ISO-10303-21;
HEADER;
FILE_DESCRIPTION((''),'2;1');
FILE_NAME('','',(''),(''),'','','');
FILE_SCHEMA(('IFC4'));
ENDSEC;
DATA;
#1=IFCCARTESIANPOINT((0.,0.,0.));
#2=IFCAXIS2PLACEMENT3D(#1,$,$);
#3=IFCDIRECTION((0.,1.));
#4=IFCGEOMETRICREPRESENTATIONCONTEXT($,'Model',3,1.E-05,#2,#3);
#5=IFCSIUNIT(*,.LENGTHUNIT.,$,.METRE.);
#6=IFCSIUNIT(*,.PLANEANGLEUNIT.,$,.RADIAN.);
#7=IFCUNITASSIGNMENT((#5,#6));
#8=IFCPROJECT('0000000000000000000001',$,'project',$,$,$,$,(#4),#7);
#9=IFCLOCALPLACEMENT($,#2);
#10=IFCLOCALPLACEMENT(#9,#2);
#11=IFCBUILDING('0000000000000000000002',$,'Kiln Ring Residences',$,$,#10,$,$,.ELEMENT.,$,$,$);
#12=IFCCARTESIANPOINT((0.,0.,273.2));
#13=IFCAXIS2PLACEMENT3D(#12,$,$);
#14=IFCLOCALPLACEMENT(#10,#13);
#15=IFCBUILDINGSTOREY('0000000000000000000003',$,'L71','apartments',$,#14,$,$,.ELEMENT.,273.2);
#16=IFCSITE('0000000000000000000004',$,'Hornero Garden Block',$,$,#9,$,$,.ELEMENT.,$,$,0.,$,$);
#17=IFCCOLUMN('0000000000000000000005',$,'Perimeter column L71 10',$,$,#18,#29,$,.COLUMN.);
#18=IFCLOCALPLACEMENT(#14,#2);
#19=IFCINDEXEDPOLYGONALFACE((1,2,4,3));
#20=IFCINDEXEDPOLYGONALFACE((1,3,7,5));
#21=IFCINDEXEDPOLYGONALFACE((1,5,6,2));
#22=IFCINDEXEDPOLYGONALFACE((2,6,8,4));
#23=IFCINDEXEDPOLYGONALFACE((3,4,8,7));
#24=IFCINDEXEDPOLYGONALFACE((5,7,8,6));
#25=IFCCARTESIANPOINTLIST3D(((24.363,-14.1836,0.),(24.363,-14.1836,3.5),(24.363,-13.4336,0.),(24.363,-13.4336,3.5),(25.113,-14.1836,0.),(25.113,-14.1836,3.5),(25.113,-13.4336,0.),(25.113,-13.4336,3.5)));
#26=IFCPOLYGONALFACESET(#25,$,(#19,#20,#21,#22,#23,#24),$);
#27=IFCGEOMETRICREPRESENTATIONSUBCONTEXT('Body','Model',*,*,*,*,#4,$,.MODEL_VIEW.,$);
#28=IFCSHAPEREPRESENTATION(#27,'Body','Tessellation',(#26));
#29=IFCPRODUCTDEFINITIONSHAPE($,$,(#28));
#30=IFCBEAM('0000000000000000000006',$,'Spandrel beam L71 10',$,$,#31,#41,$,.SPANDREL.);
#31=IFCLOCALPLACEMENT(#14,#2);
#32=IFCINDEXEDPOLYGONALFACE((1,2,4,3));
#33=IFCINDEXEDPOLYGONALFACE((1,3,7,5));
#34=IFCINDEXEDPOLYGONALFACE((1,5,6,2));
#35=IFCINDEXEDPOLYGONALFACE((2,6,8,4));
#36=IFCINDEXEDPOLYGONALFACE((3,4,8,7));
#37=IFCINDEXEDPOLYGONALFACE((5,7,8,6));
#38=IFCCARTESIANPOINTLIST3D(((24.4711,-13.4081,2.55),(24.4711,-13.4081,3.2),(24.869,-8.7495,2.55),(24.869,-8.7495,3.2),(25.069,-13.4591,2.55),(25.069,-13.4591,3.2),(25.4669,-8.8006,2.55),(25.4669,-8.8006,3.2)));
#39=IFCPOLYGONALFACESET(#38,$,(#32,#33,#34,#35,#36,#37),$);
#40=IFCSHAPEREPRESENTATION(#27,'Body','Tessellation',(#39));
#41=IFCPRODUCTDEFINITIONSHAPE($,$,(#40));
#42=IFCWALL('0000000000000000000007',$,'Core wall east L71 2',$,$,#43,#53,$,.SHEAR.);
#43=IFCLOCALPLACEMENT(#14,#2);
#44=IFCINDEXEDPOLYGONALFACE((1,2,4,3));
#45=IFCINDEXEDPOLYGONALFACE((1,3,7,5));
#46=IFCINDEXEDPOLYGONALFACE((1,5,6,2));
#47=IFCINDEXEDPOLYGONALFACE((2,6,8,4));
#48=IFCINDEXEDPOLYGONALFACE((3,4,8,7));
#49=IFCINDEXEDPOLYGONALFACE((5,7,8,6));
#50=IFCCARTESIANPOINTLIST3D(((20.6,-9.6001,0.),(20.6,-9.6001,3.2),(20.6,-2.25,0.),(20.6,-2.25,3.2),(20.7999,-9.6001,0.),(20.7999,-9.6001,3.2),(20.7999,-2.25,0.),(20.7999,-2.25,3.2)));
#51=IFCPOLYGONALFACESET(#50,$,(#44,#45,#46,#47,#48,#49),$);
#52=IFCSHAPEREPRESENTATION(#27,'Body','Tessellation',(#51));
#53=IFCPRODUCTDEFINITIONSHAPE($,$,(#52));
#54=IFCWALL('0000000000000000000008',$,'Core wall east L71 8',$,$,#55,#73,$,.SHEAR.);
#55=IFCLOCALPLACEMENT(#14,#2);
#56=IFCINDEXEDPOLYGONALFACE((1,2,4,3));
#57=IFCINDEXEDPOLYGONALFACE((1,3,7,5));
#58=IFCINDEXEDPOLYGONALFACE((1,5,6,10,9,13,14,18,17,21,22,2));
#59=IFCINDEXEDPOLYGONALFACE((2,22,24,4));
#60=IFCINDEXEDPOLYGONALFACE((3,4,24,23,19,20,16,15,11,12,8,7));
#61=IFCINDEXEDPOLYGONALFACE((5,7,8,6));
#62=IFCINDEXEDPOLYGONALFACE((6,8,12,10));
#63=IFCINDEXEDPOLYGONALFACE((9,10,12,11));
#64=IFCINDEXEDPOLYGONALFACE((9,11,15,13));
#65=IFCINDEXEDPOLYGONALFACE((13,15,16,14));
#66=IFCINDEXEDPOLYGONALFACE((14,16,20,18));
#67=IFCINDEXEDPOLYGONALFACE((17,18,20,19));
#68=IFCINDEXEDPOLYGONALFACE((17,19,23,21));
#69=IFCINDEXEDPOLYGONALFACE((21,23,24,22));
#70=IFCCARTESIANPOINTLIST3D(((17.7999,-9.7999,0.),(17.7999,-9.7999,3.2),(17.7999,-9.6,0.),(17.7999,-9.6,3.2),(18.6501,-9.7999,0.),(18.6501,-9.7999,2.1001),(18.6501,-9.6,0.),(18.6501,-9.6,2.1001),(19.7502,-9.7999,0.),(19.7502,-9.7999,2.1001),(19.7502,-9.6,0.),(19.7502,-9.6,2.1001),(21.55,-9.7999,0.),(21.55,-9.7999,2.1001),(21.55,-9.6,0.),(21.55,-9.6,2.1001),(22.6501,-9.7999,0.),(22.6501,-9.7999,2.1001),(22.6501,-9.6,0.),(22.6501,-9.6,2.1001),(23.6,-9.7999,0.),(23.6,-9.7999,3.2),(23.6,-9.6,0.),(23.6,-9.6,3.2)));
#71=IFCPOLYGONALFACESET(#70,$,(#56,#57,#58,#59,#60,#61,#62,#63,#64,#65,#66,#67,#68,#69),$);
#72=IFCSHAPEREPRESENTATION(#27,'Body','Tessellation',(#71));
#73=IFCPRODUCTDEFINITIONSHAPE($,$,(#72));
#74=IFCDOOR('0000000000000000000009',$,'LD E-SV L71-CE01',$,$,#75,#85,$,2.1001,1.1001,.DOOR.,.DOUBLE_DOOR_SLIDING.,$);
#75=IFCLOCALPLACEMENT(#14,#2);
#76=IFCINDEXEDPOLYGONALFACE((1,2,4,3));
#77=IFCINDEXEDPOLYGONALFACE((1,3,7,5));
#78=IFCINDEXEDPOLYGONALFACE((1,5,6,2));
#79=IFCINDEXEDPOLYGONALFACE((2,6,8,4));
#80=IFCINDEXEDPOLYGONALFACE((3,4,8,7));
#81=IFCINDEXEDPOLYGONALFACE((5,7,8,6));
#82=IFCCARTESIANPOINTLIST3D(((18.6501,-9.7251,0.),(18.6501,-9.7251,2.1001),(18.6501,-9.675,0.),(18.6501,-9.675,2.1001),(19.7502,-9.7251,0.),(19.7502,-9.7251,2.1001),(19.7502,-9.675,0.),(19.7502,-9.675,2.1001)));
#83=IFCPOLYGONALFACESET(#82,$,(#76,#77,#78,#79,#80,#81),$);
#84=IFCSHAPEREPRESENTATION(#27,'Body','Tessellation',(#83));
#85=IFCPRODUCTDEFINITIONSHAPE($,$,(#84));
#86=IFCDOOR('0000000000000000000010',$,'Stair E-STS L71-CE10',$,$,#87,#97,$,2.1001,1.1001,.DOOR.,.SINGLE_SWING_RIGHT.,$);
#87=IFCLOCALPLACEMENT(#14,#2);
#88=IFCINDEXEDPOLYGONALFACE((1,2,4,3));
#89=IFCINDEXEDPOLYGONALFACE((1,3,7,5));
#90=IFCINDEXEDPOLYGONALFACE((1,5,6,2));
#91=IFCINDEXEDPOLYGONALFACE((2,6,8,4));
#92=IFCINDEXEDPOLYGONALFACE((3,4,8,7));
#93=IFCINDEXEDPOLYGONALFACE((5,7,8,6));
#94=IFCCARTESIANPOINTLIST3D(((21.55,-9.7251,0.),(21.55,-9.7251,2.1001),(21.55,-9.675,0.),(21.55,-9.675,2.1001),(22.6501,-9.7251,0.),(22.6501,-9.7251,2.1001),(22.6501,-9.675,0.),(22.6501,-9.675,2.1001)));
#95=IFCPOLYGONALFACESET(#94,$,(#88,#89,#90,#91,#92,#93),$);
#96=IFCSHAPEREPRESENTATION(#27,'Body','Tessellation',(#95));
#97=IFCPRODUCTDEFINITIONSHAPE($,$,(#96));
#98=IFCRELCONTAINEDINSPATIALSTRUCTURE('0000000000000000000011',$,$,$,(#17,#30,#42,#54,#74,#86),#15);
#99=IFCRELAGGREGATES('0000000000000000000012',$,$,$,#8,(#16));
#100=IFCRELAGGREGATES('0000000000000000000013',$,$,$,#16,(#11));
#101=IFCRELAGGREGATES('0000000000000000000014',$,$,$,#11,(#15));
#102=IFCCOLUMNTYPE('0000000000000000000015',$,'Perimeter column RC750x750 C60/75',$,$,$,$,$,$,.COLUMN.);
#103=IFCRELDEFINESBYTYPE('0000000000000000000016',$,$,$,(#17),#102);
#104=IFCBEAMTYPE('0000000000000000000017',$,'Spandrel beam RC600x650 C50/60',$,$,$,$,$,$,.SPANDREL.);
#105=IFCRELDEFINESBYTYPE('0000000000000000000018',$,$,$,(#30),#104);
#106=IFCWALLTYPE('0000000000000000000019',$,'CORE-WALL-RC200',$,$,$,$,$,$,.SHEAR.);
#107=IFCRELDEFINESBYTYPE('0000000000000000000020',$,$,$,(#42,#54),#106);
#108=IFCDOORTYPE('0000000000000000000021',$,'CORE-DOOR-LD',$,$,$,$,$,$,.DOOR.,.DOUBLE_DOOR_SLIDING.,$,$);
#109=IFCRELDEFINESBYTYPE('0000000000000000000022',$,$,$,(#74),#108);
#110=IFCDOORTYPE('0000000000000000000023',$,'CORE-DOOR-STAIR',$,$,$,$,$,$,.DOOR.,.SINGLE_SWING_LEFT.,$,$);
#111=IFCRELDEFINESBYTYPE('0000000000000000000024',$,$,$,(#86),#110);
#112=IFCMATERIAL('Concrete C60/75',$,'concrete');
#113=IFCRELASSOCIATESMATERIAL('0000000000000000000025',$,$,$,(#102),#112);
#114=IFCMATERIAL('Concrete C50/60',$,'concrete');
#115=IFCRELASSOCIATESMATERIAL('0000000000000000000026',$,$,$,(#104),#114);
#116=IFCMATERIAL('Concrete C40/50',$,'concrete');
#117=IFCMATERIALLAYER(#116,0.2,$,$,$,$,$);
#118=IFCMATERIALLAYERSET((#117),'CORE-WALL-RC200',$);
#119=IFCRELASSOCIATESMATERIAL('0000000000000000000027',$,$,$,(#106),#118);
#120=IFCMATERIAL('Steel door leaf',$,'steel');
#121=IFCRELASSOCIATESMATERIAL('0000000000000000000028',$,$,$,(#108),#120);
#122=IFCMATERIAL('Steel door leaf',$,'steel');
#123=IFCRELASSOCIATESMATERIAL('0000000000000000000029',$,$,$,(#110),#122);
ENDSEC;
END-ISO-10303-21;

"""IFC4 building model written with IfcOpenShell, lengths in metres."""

from ifc_helpers import new_model, si_unit, direction, frame, frame_2d, origin, origin_2d, place, context, subcontext, project, spatial, rectangle, extrude, material, layer, layer_set, material_profile, profile_set, type_object, element, fill, save


model = new_model("IFC4")

# Units and contexts
model_context = context("Model", 3, precision=1e-05, world=origin(), true_north=direction((0.0, 1.0)))
body_context = subcontext(model_context, "Body", "Model", "MODEL_VIEW")
ifc_project = project(units=[si_unit("LENGTHUNIT", "METRE"), si_unit("PLANEANGLEUNIT", "RADIAN")], contexts=[model_context])

# Site, building, storey
site_placement = place(None, origin())
site = spatial("IfcSite", under=ifc_project, at=site_placement, Name="Hornero Garden Block", CompositionType="ELEMENT", RefElevation=0.0)
building_placement = place(site_placement, origin())
building = spatial("IfcBuilding", under=site, at=building_placement, Name="Kiln Ring Residences", CompositionType="ELEMENT")
storey_placement = place(building_placement, frame((0.0, 0.0, 273.2)))
storey = spatial("IfcBuildingStorey", under=building, at=storey_placement, Name="L71", Description="apartments", CompositionType="ELEMENT", Elevation=273.2)

# Column
ifc_material_1 = material(Name="Concrete C60/75", Category="concrete")
ifc_material_profile_1 = material_profile(ifc_material_1, rectangle(XDim=0.75, YDim=0.75, at=origin_2d()), Name="RC750x750")
ifc_profile_set_1 = profile_set([ifc_material_profile_1], Name="Concrete C60/75")
column_type = type_object("IfcColumnType", Name="Perimeter column RC750x750 C60/75", PredefinedType="COLUMN", material=ifc_profile_set_1)
column_placement = place(storey_placement, frame((24.738, -13.8086, 0.0), z_axis=(0.0, 0.0, 1.0), x_axis=(1.0, 0.0, 0.0)))
element("IfcColumn", 1, at=column_placement, inside=storey, type_object=column_type, Name="Perimeter column L71 10", PredefinedType="COLUMN", context=body_context, shape_type="SweptSolid", body=[
    extrude(rectangle(XDim=0.75, YDim=0.75, at=origin_2d()), origin(), (0.0, 0.0, 1.0), 3.5),
])

# Beam
ifc_material_2 = material(Name="Concrete C50/60", Category="concrete")
ifc_material_profile_2 = material_profile(ifc_material_2, rectangle(XDim=0.6001, YDim=0.6499, at=origin_2d()), Name="RC600x650")
ifc_profile_set_2 = profile_set([ifc_material_profile_2], Name="Concrete C50/60")
beam_type = type_object("IfcBeamType", Name="Spandrel beam RC600x650 C50/60", PredefinedType="SPANDREL", material=ifc_profile_set_2)
beam_placement = place(storey_placement, frame((24.77, -13.4336, 2.875), z_axis=(0.085111, 0.996371, 0.0), x_axis=(-0.996371, 0.085111, 0.0)))
element("IfcBeam", 2, at=beam_placement, inside=storey, type_object=beam_type, Name="Spandrel beam L71 10", PredefinedType="SPANDREL", context=body_context, shape_type="SweptSolid", body=[
    extrude(rectangle(XDim=0.6001, YDim=0.6499, at=origin_2d()), origin(), (0.0, 0.0, 1.0), 4.6755),
])

# Wall
ifc_material_3 = material(Name="Concrete C40/50", Category="concrete")
ifc_layer_1 = layer(ifc_material_3, 0.2)
ifc_layer_set_1 = layer_set([ifc_layer_1], Name="CORE-WALL-RC200")
wall_type_1 = type_object("IfcWallType", Name="CORE-WALL-RC200", PredefinedType="SHEAR", material=ifc_layer_set_1)
wall_1_placement = place(storey_placement, frame((20.7, -9.6001, 0.0), z_axis=(0.0, 0.0, 1.0), x_axis=(0.0, 1.0, 0.0)))
element("IfcWall", 3, at=wall_1_placement, inside=storey, type_object=wall_type_1, Name="Core wall east L71 2", PredefinedType="SHEAR", context=body_context, shape_type="SweptSolid", body=[
    extrude(rectangle(XDim=7.3501, YDim=0.2, at=frame_2d((3.675, 0.0))), origin(), (0.0, 0.0, 1.0), 3.2),
])

# Wall, openings, doors
wall_2_placement = place(storey_placement, frame((17.8, -9.7, 0.0), z_axis=(0.0, 0.0, 1.0), x_axis=(1.0, 0.0, 0.0)))
wall_2 = element("IfcWall", 4, at=wall_2_placement, inside=storey, type_object=wall_type_1, Name="Core wall east L71 8", PredefinedType="SHEAR", context=body_context, shape_type="SweptSolid", body=[
    extrude(rectangle(XDim=5.8, YDim=0.2, at=frame_2d((2.8999, 0.0))), origin(), (0.0, 0.0, 1.0), 3.2),
])
opening_1_placement = place(wall_2_placement, frame((0.8501, 0.0, 0.0)))
opening_1 = element("IfcOpeningElement", 5, at=opening_1_placement, cuts=wall_2, PredefinedType="OPENING", context=body_context, shape_type="SweptSolid", body=[
    extrude(rectangle(XDim=1.1001, YDim=2.1001, at=frame_2d((0.55, 1.05))), frame((0.0, 0.1099, 0.0), z_axis=(0.0, -1.0, 0.0), x_axis=(1.0, 0.0, 0.0)), (0.0, 0.0, 1.0), 0.22),
])
opening_2_placement = place(wall_2_placement, frame((3.75, 0.0, 0.0)))
opening_2 = element("IfcOpeningElement", 6, at=opening_2_placement, cuts=wall_2, PredefinedType="OPENING", context=body_context, shape_type="SweptSolid", body=[
    extrude(rectangle(XDim=1.1001, YDim=2.1001, at=frame_2d((0.55, 1.05))), frame((0.0, 0.1099, 0.0), z_axis=(0.0, -1.0, 0.0), x_axis=(1.0, 0.0, 0.0)), (0.0, 0.0, 1.0), 0.22),
])
ifc_material_4 = material(Name="Steel door leaf", Category="steel")
door_type_1 = type_object("IfcDoorType", Name="CORE-DOOR-LD", OperationType="DOUBLE_DOOR_SLIDING", PredefinedType="DOOR", material=ifc_material_4)
door_1_placement = place(opening_1_placement, origin())
door_1 = element("IfcDoor", 7, at=door_1_placement, inside=storey, type_object=door_type_1, Name="LD E-SV L71-CE01", OperationType="DOUBLE_DOOR_SLIDING", OverallHeight=2.1001, OverallWidth=1.1001, PredefinedType="DOOR", context=body_context, shape_type="SweptSolid", body=[
    extrude(rectangle(XDim=1.1001, YDim=2.1001, at=frame_2d((0.55, 1.05))), frame((0.0, 0.0249, 0.0), z_axis=(0.0, -1.0, 0.0), x_axis=(1.0, 0.0, 0.0)), (0.0, 0.0, 1.0), 0.05),
])
fill(opening_1, door_1)
ifc_material_5 = material(Name="Steel door leaf", Category="steel")
door_type_2 = type_object("IfcDoorType", Name="CORE-DOOR-STAIR", OperationType="SINGLE_SWING_LEFT", PredefinedType="DOOR", material=ifc_material_5)
door_2_placement = place(opening_2_placement, origin())
door_2 = element("IfcDoor", 8, at=door_2_placement, inside=storey, type_object=door_type_2, Name="Stair E-STS L71-CE10", OperationType="SINGLE_SWING_RIGHT", OverallHeight=2.1001, OverallWidth=1.1001, PredefinedType="DOOR", context=body_context, shape_type="SweptSolid", body=[
    extrude(rectangle(XDim=1.1001, YDim=2.1001, at=frame_2d((0.55, 1.05))), frame((0.0, 0.0249, 0.0), z_axis=(0.0, -1.0, 0.0), x_axis=(1.0, 0.0, 0.0)), (0.0, 0.0, 1.0), 0.05),
])
fill(opening_2, door_2)

save(model, "model.ifc")
